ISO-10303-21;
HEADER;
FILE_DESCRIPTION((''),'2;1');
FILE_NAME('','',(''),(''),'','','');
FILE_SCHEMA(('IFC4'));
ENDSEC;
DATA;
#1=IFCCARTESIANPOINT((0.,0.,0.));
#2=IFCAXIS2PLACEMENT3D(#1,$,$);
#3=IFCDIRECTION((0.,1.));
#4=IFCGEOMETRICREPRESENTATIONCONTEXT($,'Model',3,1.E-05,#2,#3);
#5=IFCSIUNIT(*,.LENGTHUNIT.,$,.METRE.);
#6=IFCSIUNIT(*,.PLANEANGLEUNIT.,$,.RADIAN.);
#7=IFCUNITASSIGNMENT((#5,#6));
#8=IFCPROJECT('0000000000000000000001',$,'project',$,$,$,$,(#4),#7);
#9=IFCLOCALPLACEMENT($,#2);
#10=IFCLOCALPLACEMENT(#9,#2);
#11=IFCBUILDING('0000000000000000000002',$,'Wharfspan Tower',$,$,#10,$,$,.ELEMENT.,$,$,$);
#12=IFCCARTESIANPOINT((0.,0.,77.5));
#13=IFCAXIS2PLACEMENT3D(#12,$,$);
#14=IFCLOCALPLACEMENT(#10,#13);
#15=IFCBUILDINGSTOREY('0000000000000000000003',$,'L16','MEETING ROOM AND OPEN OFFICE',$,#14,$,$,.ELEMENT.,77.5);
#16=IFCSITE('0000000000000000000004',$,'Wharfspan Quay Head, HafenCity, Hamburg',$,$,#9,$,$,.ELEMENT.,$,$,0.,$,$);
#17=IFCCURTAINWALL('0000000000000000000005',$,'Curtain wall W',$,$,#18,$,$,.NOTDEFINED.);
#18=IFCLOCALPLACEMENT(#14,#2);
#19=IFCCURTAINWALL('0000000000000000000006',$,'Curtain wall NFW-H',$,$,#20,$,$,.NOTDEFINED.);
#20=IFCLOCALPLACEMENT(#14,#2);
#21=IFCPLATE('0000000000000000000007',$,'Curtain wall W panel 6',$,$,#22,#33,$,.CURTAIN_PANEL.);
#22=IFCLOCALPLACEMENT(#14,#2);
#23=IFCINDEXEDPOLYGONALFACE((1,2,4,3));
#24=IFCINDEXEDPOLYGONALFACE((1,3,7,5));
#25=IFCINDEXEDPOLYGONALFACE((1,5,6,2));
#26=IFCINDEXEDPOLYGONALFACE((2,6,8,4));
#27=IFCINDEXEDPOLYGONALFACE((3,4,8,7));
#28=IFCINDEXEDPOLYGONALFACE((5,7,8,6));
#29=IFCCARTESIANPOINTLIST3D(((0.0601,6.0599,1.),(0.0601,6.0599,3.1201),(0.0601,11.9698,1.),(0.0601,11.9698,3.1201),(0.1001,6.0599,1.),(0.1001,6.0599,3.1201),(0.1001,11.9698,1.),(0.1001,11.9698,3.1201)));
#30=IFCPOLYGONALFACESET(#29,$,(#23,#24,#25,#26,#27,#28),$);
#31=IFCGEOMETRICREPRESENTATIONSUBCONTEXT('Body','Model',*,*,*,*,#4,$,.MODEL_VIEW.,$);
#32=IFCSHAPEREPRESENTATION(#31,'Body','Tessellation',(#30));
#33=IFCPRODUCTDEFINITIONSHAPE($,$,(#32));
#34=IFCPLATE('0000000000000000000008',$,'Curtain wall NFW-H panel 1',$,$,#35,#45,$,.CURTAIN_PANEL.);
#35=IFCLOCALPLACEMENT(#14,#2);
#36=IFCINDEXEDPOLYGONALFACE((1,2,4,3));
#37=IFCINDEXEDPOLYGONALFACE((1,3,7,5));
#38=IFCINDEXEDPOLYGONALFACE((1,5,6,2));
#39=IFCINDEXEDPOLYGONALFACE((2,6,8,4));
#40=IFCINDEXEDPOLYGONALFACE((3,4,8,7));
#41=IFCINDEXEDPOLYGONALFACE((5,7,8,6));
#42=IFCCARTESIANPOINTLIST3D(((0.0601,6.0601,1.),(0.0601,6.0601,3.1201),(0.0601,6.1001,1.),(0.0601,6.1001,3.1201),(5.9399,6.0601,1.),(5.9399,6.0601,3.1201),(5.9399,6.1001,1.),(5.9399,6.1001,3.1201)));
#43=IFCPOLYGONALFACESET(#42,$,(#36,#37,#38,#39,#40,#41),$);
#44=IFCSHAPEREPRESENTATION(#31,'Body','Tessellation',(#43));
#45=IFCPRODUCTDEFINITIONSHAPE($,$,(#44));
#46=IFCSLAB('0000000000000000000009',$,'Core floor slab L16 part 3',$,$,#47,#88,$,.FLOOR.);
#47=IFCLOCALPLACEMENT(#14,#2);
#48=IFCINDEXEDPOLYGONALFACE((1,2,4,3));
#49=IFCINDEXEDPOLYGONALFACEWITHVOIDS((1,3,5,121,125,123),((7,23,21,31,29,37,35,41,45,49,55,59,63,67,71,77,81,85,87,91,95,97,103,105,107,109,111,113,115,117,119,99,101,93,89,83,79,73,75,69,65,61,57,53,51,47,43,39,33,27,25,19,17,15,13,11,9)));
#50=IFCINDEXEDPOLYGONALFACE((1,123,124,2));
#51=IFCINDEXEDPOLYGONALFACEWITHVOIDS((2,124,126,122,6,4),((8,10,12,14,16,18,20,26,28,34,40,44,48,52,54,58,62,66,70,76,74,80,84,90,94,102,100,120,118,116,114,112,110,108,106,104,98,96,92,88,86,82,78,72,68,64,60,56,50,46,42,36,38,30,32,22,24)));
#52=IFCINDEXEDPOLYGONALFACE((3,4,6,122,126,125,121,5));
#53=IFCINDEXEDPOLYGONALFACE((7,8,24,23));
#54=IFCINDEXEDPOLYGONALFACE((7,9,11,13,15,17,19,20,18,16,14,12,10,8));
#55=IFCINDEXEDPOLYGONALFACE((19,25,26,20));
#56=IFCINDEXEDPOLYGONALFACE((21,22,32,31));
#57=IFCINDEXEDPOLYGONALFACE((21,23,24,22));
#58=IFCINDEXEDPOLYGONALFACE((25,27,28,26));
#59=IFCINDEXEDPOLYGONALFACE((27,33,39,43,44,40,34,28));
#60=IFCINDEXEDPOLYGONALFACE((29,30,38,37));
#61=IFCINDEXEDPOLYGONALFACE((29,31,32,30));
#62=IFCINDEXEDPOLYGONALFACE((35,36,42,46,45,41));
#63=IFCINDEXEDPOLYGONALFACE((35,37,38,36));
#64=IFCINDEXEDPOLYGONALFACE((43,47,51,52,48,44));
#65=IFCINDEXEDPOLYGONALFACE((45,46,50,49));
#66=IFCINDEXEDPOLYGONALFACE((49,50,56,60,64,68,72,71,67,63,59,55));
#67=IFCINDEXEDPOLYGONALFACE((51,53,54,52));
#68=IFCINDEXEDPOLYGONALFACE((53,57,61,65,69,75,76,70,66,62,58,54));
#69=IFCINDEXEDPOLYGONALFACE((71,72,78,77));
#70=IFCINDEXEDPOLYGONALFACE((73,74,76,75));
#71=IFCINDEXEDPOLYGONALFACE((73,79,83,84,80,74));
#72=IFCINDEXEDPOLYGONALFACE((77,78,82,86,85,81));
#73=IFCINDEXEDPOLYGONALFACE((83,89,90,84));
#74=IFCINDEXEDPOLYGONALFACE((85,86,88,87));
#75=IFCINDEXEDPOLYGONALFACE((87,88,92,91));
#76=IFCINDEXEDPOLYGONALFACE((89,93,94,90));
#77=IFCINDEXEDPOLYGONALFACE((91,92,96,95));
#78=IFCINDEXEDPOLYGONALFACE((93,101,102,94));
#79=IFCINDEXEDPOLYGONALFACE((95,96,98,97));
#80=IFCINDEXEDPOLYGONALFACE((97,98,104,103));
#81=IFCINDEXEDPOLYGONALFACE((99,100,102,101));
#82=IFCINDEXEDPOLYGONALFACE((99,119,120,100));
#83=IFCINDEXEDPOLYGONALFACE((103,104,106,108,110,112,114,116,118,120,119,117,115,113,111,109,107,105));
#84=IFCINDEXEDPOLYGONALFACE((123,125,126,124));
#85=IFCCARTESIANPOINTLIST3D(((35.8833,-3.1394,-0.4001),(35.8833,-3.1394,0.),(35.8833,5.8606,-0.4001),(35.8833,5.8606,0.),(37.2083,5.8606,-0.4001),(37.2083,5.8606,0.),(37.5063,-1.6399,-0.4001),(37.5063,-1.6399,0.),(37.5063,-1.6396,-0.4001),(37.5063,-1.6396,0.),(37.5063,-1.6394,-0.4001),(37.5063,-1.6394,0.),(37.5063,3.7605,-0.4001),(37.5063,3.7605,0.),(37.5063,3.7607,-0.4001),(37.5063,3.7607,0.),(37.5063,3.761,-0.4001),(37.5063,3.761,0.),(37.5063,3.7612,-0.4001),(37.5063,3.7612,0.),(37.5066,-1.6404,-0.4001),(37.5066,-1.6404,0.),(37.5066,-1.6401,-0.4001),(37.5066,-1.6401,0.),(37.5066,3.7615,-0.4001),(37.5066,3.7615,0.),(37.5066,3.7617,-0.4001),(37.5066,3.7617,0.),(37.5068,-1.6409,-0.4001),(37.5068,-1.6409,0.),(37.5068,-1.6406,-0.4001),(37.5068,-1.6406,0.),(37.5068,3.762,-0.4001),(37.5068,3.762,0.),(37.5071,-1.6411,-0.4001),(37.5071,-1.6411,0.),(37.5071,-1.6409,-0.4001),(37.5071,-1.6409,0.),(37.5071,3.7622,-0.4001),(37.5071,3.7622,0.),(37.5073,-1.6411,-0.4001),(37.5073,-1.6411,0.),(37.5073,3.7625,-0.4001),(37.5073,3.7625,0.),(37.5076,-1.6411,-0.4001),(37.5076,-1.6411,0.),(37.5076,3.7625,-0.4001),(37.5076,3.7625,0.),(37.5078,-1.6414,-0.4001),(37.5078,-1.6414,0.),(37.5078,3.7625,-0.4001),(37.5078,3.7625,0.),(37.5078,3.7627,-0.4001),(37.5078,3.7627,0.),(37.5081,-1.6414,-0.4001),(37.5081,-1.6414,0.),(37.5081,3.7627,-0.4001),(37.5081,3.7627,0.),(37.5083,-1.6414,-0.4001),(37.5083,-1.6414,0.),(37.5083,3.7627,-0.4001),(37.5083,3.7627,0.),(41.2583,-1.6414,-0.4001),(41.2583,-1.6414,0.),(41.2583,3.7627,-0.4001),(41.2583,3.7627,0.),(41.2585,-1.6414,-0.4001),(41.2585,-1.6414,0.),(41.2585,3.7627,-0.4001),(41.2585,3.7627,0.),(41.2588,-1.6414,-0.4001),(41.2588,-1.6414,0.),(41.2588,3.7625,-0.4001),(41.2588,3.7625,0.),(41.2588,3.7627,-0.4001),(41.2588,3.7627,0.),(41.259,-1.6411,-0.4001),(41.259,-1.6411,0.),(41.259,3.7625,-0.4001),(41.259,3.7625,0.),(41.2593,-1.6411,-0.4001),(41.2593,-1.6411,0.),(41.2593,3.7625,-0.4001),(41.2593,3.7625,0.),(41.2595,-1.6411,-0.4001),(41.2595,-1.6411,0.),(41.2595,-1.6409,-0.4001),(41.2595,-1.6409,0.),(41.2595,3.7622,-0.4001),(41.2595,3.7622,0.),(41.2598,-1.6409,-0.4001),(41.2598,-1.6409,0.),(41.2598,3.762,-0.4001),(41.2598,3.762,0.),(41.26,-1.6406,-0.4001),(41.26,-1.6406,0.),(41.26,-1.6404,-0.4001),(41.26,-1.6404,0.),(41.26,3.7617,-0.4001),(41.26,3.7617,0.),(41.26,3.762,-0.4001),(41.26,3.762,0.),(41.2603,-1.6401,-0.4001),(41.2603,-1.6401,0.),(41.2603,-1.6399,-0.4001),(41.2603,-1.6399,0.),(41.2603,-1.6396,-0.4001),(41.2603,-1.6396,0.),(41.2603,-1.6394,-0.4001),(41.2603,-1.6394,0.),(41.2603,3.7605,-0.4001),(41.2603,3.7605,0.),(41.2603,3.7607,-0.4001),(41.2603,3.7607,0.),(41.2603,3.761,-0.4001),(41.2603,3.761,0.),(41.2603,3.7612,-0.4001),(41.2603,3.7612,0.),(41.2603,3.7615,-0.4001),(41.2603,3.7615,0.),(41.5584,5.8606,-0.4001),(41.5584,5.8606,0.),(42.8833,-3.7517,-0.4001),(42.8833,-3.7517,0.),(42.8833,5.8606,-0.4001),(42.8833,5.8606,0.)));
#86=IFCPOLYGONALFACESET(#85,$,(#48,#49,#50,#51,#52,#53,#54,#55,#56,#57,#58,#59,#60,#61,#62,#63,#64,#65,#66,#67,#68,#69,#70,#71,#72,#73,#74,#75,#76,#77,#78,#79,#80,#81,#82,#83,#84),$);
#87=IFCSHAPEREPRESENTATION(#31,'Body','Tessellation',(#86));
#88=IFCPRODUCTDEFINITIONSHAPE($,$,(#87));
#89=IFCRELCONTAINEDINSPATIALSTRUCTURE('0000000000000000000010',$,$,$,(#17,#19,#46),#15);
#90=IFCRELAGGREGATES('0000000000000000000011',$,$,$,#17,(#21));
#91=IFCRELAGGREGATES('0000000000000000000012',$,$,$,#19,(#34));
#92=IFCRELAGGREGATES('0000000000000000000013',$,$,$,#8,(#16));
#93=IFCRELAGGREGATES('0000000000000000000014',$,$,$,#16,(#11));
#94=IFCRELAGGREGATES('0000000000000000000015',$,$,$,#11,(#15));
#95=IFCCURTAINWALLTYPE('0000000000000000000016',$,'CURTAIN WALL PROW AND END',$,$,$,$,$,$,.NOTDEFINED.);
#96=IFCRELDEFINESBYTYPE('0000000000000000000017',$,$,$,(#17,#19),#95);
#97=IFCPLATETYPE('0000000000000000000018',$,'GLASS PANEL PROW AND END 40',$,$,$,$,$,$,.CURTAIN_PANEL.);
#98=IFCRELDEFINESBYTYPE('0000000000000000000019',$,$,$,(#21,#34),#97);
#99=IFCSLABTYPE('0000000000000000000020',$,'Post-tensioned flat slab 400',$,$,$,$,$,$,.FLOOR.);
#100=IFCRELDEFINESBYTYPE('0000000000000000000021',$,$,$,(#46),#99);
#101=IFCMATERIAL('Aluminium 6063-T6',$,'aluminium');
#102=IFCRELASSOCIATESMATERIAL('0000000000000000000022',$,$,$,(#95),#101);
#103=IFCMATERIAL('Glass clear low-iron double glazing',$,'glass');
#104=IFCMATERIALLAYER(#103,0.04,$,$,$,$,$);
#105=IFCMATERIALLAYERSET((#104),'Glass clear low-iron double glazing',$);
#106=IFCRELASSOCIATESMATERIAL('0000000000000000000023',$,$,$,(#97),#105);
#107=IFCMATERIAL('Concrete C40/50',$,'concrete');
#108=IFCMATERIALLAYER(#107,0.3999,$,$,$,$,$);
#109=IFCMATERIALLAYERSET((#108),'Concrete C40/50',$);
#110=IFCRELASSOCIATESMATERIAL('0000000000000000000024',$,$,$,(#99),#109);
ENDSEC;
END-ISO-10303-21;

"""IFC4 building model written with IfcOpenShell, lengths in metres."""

from ifc_helpers import new_model, si_unit, direction, frame, origin, origin_2d, place, context, subcontext, project, spatial, polyline, rectangle, outline, extrude, material, layer, layer_set, type_object, element, aggregate, save


model = new_model("IFC4")

# Units and contexts
model_context = context("Model", 3, precision=1e-05, world=origin(), true_north=direction((0.0, 1.0)))
body_context = subcontext(model_context, "Body", "Model", "MODEL_VIEW")
ifc_project = project(units=[si_unit("LENGTHUNIT", "METRE"), si_unit("PLANEANGLEUNIT", "RADIAN")], contexts=[model_context])

# Site, building, storey
site_placement = place(None, origin())
site = spatial("IfcSite", under=ifc_project, at=site_placement, Name="Wharfspan Quay Head, HafenCity, Hamburg", CompositionType="ELEMENT", RefElevation=0.0)
building_placement = place(site_placement, origin())
building = spatial("IfcBuilding", under=site, at=building_placement, Name="Wharfspan Tower", CompositionType="ELEMENT")
storey_placement = place(building_placement, frame((0.0, 0.0, 77.5)))
storey = spatial("IfcBuildingStorey", under=building, at=storey_placement, Name="L16", Description="MEETING ROOM AND OPEN OFFICE", CompositionType="ELEMENT", Elevation=77.5)

# Curtain walls
ifc_material_1 = material(Name="Aluminium 6063-T6", Category="aluminium")
curtain_wall_type = type_object("IfcCurtainWallType", Name="CURTAIN WALL PROW AND END", PredefinedType="NOTDEFINED", material=ifc_material_1)
curtain_wall_1_placement = place(storey_placement, origin())
curtain_wall_1 = element("IfcCurtainWall", 1, at=curtain_wall_1_placement, inside=storey, type_object=curtain_wall_type, Name="Curtain wall W", PredefinedType="NOTDEFINED")
curtain_wall_2_placement = place(storey_placement, origin())
curtain_wall_2 = element("IfcCurtainWall", 2, at=curtain_wall_2_placement, inside=storey, type_object=curtain_wall_type, Name="Curtain wall NFW-H", PredefinedType="NOTDEFINED")

# Plates
ifc_material_2 = material(Name="Glass clear low-iron double glazing", Category="glass")
ifc_layer_1 = layer(ifc_material_2, 0.04)
ifc_layer_set_1 = layer_set([ifc_layer_1], Name="Glass clear low-iron double glazing")
plate_type = type_object("IfcPlateType", Name="GLASS PANEL PROW AND END 40", PredefinedType="CURTAIN_PANEL", material=ifc_layer_set_1)
plate_1_placement = place(storey_placement, frame((0.0801, 9.0149, 1.0), z_axis=(0.0, 0.0, 1.0), x_axis=(0.0, -1.0, 0.0)))
plate_1 = element("IfcPlate", 3, at=plate_1_placement, type_object=plate_type, Name="Curtain wall W panel 6", PredefinedType="CURTAIN_PANEL", context=body_context, shape_type="SweptSolid", body=[
    extrude(rectangle(XDim=5.9099, YDim=0.04, at=origin_2d()), origin(), (0.0, 0.0, 1.0), 2.1201),
])
aggregate(curtain_wall_1, [plate_1])
plate_2_placement = place(storey_placement, frame((3.0, 6.0801, 1.0), z_axis=(0.0, 0.0, 1.0), x_axis=(1.0, 0.0, 0.0)))
plate_2 = element("IfcPlate", 4, at=plate_2_placement, type_object=plate_type, Name="Curtain wall NFW-H panel 1", PredefinedType="CURTAIN_PANEL", context=body_context, shape_type="SweptSolid", body=[
    extrude(rectangle(XDim=5.8799, YDim=0.04, at=origin_2d()), origin(), (0.0, 0.0, 1.0), 2.1201),
])
aggregate(curtain_wall_2, [plate_2])

# Slab
ifc_material_3 = material(Name="Concrete C40/50", Category="concrete")
ifc_layer_2 = layer(ifc_material_3, 0.3999)
ifc_layer_set_2 = layer_set([ifc_layer_2], Name="Concrete C40/50")
slab_type = type_object("IfcSlabType", Name="Post-tensioned flat slab 400", PredefinedType="FLOOR", material=ifc_layer_set_2)
slab_1_placement = place(storey_placement, frame((0.0, 0.0, -0.4001)))
element("IfcSlab", 5, at=slab_1_placement, inside=storey, type_object=slab_type, Name="Core floor slab L16 part 3", PredefinedType="FLOOR", context=body_context, shape_type="SweptSolid", body=[
    extrude(outline(polyline([(41.5583, 5.8606), (37.2083, 5.8606), (35.8833, 5.8606), (35.8833, -3.1394), (42.8833, -3.7517), (42.8833, 5.8606), (41.5583, 5.8606)]), holes=[polyline([(37.5063, 3.7605), (37.5063, 3.7607), (37.5063, 3.761), (37.5063, 3.7612), (37.5066, 3.7615), (37.5066, 3.7617), (37.5066, 3.7617), (37.5068, 3.762), (37.5068, 3.762), (37.5071, 3.7622), (37.5071, 3.7622), (37.5073, 3.7625), (37.5076, 3.7625), (37.5078, 3.7625), (37.5078, 3.7627), (37.5081, 3.7627), (37.5083, 3.7627), (41.2583, 3.7627), (41.2585, 3.7627), (41.2588, 3.7627), (41.2588, 3.7625), (41.259, 3.7625), (41.2593, 3.7625), (41.2595, 3.7622), (41.2595, 3.7622), (41.2598, 3.762), (41.26, 3.762), (41.26, 3.7617), (41.26, 3.7617), (41.2603, 3.7615), (41.2603, 3.7612), (41.2603, 3.761), (41.2603, 3.7607), (41.2603, 3.7605), (41.2603, -1.6394), (41.2603, -1.6396), (41.2603, -1.6399), (41.2603, -1.6399), (41.2603, -1.6401), (41.26, -1.6404), (41.26, -1.6404), (41.26, -1.6406), (41.2598, -1.6409), (41.2595, -1.6409), (41.2595, -1.6411), (41.2593, -1.6411), (41.259, -1.6411), (41.2588, -1.6414), (41.2588, -1.6414), (41.2585, -1.6414), (41.2583, -1.6414), (37.5083, -1.6414), (37.5081, -1.6414), (37.5078, -1.6414), (37.5078, -1.6414), (37.5076, -1.6411), (37.5073, -1.6411), (37.5071, -1.6411), (37.5071, -1.6409), (37.5068, -1.6409), (37.5068, -1.6406), (37.5066, -1.6404), (37.5066, -1.6404), (37.5066, -1.6401), (37.5063, -1.6399), (37.5063, -1.6399), (37.5063, -1.6396), (37.5063, -1.6394), (37.5063, 3.7605)])]), origin(), (0.0, 0.0, 1.0), 0.4001),
])

save(model, "model.ifc")
